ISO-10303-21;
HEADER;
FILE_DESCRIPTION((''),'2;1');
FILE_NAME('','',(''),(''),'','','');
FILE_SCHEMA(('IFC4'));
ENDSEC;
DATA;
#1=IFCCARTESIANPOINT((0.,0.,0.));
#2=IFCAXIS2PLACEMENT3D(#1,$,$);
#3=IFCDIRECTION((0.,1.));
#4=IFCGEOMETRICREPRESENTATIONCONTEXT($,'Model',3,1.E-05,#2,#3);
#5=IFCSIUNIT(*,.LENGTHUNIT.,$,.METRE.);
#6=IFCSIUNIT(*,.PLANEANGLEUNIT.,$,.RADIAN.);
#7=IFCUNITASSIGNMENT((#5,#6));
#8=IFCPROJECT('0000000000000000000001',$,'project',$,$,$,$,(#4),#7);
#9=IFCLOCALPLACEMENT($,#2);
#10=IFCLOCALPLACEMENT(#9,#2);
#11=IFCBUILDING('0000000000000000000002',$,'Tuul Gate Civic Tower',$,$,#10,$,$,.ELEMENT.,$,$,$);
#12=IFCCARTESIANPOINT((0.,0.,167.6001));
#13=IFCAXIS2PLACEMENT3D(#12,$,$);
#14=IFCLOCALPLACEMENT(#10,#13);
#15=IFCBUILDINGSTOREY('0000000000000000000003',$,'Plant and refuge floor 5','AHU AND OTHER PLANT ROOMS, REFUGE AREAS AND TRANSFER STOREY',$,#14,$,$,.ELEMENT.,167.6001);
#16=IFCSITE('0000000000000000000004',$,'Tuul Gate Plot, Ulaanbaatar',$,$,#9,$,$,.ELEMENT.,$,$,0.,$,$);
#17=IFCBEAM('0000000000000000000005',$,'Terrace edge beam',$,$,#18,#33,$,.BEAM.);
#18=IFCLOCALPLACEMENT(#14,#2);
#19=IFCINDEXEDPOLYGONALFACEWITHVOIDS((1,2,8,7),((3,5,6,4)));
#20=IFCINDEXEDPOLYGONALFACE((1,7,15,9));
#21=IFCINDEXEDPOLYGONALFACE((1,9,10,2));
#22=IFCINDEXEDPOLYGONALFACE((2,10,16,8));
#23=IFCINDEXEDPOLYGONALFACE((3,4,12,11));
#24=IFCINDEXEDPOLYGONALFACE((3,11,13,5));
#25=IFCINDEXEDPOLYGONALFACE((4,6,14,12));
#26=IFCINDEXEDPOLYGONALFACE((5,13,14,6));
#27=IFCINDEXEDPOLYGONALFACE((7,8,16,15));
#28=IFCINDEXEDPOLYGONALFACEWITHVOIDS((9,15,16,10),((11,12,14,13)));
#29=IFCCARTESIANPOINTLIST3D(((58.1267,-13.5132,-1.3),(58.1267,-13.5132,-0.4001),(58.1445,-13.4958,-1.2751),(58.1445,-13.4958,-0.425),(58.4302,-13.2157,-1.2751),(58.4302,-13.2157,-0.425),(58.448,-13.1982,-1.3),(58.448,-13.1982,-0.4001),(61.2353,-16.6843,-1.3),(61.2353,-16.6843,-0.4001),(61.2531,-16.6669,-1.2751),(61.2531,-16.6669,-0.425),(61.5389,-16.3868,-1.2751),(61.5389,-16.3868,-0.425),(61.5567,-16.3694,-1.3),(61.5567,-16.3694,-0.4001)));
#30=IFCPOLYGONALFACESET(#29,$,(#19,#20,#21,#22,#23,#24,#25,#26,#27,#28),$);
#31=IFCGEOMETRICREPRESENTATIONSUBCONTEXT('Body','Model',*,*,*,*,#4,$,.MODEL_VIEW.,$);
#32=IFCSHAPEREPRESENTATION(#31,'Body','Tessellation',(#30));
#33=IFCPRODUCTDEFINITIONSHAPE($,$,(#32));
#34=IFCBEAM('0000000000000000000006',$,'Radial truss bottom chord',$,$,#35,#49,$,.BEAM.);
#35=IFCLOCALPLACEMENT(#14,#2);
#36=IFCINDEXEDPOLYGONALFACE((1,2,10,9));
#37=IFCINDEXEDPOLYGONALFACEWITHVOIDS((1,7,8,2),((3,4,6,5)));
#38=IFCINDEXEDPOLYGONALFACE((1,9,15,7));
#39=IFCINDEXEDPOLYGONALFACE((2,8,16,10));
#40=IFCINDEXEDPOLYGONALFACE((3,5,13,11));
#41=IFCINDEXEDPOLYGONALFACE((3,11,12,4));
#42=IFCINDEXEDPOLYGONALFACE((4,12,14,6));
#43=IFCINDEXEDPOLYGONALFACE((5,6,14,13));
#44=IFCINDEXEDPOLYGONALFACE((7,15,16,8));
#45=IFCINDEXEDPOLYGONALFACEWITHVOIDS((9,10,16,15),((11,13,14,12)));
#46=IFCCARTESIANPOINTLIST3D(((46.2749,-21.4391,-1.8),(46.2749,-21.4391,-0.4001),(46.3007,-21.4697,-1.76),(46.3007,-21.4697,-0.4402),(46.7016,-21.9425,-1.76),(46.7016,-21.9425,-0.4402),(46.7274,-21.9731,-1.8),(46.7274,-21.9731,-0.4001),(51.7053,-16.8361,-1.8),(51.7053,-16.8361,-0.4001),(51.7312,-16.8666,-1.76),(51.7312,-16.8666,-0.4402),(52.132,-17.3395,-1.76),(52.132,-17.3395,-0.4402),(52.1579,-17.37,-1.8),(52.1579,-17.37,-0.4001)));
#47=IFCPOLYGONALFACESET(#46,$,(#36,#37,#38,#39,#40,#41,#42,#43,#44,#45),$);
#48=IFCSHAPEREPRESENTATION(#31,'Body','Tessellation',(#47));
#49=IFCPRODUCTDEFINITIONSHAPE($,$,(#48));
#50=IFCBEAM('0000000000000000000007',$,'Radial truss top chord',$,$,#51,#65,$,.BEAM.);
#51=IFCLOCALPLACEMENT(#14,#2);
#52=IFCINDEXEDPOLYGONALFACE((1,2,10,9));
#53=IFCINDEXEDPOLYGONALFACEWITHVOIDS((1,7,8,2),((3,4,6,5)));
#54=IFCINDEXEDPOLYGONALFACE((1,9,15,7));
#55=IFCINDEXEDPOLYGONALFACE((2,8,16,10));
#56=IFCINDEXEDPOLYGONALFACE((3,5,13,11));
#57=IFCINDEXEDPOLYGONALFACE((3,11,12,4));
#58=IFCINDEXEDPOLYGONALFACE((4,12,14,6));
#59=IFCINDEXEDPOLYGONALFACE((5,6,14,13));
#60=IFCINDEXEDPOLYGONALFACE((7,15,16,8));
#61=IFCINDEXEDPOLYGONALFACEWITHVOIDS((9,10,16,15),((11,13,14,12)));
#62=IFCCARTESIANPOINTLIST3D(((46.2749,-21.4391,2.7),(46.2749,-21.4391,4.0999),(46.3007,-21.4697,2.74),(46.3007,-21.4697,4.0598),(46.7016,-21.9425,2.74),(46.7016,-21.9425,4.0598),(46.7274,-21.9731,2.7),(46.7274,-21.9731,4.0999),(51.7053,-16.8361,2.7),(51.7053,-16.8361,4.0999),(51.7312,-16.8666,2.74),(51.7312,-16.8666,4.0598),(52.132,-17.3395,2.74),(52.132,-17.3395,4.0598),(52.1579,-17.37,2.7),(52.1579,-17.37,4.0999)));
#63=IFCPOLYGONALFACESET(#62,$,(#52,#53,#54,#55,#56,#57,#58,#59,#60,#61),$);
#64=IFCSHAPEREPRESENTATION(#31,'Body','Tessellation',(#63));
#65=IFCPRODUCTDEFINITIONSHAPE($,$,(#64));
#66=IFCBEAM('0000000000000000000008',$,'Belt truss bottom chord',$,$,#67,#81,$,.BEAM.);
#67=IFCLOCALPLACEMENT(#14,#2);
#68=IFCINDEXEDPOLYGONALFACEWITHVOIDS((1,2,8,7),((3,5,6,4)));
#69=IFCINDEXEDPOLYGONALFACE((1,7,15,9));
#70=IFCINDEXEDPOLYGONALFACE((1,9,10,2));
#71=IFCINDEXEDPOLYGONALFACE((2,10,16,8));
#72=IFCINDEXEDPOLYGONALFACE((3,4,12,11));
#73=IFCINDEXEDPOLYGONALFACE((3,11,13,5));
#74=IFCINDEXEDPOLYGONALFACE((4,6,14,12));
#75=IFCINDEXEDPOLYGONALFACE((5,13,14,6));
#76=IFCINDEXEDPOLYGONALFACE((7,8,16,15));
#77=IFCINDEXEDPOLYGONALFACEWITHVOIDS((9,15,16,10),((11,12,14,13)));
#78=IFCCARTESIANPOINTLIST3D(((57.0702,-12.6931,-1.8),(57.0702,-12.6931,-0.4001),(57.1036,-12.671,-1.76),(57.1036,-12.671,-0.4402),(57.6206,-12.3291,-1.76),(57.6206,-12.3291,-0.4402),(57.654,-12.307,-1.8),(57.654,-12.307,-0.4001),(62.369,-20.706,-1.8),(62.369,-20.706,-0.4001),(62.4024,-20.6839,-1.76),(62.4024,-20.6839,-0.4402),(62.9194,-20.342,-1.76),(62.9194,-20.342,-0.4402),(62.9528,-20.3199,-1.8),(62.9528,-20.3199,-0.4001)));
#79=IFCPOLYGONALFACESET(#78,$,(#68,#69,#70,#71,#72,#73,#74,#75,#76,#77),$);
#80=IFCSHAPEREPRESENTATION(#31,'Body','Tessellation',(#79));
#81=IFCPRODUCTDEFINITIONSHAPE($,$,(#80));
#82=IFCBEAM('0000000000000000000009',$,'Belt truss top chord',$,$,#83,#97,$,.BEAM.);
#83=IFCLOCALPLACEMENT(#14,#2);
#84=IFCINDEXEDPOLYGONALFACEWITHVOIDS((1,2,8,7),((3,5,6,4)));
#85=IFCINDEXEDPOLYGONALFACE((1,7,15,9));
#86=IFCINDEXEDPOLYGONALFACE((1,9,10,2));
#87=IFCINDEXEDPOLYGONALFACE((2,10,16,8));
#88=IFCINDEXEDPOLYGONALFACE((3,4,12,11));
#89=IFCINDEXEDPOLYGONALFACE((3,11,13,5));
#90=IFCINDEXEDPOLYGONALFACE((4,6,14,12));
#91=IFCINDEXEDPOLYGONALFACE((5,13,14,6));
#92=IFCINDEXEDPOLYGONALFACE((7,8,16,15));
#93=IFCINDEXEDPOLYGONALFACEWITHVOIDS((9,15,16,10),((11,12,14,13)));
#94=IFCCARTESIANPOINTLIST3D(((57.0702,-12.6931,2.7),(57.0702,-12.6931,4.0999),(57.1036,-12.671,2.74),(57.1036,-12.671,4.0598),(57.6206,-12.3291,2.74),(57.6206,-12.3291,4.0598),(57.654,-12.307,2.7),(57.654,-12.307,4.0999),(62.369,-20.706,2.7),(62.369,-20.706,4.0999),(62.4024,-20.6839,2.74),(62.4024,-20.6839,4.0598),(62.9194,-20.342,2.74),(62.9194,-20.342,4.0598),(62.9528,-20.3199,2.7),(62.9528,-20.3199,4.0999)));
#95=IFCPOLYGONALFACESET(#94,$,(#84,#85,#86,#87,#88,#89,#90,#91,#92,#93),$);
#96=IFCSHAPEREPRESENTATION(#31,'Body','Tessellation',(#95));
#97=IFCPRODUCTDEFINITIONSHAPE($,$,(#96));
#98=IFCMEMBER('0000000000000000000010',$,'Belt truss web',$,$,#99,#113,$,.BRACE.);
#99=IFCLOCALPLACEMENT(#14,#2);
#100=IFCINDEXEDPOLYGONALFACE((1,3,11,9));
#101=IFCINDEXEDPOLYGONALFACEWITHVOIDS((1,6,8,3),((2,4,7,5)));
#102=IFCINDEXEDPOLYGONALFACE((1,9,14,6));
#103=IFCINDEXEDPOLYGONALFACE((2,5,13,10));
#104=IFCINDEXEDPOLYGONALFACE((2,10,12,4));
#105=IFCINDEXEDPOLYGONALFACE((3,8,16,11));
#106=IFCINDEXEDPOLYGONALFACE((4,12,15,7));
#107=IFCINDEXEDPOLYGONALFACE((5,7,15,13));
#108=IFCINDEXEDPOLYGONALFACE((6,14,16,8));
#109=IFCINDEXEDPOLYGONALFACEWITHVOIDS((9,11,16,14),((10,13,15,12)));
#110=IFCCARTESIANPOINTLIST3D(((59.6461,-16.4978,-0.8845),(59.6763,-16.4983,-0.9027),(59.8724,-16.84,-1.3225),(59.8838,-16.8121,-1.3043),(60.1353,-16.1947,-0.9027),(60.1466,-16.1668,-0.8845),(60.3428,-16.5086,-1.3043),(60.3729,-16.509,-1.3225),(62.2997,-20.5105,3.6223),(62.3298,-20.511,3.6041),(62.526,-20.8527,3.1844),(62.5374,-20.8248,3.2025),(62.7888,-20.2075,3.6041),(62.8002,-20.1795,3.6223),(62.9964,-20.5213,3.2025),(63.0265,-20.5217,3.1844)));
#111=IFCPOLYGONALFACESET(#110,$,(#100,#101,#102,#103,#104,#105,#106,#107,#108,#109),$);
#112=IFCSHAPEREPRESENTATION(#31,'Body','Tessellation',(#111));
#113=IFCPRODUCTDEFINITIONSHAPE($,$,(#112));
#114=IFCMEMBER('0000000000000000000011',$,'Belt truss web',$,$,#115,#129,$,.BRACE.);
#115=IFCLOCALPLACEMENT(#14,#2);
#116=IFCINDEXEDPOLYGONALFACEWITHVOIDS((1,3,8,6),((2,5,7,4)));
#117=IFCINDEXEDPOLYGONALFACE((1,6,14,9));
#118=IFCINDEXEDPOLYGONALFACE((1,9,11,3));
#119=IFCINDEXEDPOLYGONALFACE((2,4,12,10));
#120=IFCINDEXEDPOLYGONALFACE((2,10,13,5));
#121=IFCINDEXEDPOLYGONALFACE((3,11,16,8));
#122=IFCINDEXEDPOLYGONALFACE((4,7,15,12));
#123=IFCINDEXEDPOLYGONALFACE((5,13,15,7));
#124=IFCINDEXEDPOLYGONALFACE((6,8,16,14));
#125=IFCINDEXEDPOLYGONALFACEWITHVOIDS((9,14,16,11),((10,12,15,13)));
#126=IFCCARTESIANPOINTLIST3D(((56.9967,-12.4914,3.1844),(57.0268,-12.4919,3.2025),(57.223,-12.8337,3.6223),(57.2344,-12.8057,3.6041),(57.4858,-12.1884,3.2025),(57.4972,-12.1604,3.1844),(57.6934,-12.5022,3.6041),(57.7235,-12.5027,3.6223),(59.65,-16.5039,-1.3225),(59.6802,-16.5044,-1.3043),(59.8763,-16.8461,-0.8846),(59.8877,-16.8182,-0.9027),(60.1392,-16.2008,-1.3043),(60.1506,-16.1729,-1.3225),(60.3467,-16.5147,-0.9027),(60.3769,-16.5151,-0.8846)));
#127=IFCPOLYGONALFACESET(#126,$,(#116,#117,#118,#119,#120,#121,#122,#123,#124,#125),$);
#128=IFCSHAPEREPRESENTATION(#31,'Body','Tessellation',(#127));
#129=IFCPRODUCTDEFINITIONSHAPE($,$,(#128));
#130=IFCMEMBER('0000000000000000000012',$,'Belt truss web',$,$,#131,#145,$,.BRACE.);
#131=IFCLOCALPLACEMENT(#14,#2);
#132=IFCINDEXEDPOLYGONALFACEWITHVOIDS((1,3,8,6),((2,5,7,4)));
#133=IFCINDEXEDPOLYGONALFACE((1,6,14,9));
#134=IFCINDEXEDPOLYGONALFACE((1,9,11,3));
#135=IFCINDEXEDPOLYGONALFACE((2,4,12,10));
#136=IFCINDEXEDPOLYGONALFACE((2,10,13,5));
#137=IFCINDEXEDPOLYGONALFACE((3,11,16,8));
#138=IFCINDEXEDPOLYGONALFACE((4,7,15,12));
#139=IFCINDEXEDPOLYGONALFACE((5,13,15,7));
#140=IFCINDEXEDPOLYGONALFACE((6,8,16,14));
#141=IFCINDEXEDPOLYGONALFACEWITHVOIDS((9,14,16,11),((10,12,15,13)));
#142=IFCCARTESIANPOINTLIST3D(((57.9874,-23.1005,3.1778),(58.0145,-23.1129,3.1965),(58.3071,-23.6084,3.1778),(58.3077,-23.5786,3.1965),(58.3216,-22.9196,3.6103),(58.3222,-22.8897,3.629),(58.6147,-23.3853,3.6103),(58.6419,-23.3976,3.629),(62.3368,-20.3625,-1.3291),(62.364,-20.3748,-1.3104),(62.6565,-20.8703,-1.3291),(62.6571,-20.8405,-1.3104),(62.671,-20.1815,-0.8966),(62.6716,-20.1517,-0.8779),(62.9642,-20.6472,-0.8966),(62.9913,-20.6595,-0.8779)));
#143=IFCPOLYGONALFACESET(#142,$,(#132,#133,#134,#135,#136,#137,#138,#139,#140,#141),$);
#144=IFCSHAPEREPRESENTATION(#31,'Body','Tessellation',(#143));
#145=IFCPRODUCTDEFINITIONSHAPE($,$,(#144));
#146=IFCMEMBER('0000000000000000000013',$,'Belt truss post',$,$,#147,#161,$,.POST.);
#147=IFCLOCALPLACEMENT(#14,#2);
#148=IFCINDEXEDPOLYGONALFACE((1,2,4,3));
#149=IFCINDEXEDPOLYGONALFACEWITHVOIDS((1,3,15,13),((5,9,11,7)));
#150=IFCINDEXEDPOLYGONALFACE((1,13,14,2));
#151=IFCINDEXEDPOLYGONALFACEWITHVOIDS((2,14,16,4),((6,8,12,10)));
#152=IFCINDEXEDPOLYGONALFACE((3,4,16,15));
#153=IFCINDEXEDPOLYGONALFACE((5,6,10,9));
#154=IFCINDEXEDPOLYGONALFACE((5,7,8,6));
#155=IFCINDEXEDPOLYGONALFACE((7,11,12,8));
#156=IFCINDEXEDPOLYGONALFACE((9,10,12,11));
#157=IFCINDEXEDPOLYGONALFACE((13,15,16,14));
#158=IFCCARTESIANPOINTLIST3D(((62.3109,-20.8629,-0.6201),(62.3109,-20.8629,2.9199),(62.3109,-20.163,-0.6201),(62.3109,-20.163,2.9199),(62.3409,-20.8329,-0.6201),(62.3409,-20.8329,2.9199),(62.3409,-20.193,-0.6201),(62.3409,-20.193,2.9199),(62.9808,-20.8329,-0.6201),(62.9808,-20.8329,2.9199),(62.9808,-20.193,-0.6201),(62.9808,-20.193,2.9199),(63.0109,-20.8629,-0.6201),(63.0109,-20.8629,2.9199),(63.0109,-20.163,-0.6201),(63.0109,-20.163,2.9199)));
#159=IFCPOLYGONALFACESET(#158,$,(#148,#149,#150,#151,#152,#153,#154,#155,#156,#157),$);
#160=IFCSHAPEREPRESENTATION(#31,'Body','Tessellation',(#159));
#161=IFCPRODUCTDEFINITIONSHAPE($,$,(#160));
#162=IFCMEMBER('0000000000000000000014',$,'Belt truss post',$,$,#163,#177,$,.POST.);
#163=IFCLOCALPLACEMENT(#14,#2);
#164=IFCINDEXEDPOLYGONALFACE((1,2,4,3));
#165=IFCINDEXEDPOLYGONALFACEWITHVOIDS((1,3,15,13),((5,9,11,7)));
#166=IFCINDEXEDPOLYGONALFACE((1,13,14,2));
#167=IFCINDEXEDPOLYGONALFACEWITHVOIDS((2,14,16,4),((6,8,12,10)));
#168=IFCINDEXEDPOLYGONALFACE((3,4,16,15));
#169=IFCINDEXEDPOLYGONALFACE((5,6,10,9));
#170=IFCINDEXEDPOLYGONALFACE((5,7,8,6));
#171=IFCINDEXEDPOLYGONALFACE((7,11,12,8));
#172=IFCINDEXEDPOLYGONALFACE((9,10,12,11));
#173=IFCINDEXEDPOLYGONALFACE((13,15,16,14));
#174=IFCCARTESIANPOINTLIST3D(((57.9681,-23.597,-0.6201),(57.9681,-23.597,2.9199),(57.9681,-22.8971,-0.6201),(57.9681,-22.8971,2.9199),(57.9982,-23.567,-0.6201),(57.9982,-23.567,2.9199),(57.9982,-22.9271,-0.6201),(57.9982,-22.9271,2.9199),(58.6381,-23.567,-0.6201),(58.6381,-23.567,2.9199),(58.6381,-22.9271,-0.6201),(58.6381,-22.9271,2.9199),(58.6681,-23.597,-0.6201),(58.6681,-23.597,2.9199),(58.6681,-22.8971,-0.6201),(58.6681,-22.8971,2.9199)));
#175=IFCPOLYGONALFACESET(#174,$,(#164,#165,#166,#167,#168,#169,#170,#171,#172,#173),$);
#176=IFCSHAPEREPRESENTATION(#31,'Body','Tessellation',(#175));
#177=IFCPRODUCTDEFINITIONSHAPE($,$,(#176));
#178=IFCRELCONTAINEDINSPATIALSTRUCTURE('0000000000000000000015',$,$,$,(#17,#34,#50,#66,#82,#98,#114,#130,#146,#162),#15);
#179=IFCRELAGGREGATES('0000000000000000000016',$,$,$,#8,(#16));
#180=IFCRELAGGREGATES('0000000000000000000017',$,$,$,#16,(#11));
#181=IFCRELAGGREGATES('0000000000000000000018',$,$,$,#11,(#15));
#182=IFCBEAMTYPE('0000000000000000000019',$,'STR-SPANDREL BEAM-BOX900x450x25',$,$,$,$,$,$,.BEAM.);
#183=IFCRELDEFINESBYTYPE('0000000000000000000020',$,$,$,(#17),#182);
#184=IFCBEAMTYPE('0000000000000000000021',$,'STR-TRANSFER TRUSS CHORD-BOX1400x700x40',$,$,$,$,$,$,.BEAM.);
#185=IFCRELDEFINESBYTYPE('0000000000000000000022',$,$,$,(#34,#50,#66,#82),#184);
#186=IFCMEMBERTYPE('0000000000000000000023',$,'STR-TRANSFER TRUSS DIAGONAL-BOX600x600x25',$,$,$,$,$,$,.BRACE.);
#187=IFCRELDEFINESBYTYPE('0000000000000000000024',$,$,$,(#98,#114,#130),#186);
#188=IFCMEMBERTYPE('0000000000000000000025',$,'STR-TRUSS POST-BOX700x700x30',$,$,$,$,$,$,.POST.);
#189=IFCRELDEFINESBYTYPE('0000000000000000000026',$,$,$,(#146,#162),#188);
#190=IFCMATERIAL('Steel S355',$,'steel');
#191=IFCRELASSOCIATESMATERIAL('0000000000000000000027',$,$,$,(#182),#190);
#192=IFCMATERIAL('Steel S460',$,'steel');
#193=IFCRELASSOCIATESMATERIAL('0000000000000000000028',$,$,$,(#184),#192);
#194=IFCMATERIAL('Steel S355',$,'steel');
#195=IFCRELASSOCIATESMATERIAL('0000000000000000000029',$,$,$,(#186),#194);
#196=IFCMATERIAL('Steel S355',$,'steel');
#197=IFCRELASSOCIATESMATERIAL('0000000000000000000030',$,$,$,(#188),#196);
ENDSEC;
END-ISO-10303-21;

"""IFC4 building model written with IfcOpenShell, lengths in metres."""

from ifc_helpers import new_model, si_unit, direction, frame, origin, origin_2d, place, context, subcontext, project, spatial, hollow_rectangle, extrude, material, material_profile, profile_set, type_object, element, save


model = new_model("IFC4")

# Units and contexts
model_context = context("Model", 3, precision=1e-05, world=origin(), true_north=direction((0.0, 1.0)))
body_context = subcontext(model_context, "Body", "Model", "MODEL_VIEW")
ifc_project = project(units=[si_unit("LENGTHUNIT", "METRE"), si_unit("PLANEANGLEUNIT", "RADIAN")], contexts=[model_context])

# Site, building, storey
site_placement = place(None, origin())
site = spatial("IfcSite", under=ifc_project, at=site_placement, Name="Tuul Gate Plot, Ulaanbaatar", CompositionType="ELEMENT", RefElevation=0.0)
building_placement = place(site_placement, origin())
building = spatial("IfcBuilding", under=site, at=building_placement, Name="Tuul Gate Civic Tower", CompositionType="ELEMENT")
storey_placement = place(building_placement, frame((0.0, 0.0, 167.6001)))
storey = spatial("IfcBuildingStorey", under=building, at=storey_placement, Name="Plant and refuge floor 5", Description="AHU AND OTHER PLANT ROOMS, REFUGE AREAS AND TRANSFER STOREY", CompositionType="ELEMENT", Elevation=167.6001)

# Beams
ifc_material_1 = material(Name="Steel S355", Category="steel")
ifc_material_profile_1 = material_profile(ifc_material_1, hollow_rectangle(XDim=0.45, YDim=0.8999, WallThickness=0.0249, at=origin_2d()), Name="BOX900x450x25")
ifc_profile_set_1 = profile_set([ifc_material_profile_1], Name="Steel S355")
beam_type_1 = type_object("IfcBeamType", Name="STR-SPANDREL BEAM-BOX900x450x25", PredefinedType="BEAM", material=ifc_profile_set_1)
beam_placement = place(storey_placement, frame((61.396, -16.5269, -0.8501), z_axis=(-0.700035, 0.714109, 0.0), x_axis=(-0.714109, -0.700035, 0.0)))
element("IfcBeam", 1, at=beam_placement, inside=storey, type_object=beam_type_1, Name="Terrace edge beam", PredefinedType="BEAM", context=body_context, shape_type="SweptSolid", body=[
    extrude(hollow_rectangle(XDim=0.45, YDim=0.8999, WallThickness=0.0249, at=origin_2d()), origin(), (0.0, 0.0, 1.0), 4.4407),
])
ifc_material_2 = material(Name="Steel S460", Category="steel")
ifc_material_profile_2 = material_profile(ifc_material_2, hollow_rectangle(XDim=0.7, YDim=1.3999, WallThickness=0.04, at=origin_2d()), Name="BOX1400x700x40")
ifc_profile_set_2 = profile_set([ifc_material_profile_2], Name="Steel S460")
beam_type_2 = type_object("IfcBeamType", Name="STR-TRANSFER TRUSS CHORD-BOX1400x700x40", PredefinedType="BEAM", material=ifc_profile_set_2)
for number, where, z_axis, x_axis, name in (
    (2, (51.9316, -17.103, -1.1001), (-0.762828, -0.646602, 0.0), (0.646602, -0.762828, 0.0), "Radial truss bottom chord"),
    (3, (51.9316, -17.103, 3.3999), (-0.762828, -0.646602, 0.0), (0.646602, -0.762828, 0.0), "Radial truss top chord"),
):
    element("IfcBeam", number, at=place(storey_placement, frame(where, z_axis=z_axis, x_axis=x_axis)), inside=storey, type_object=beam_type_2, Name=name, PredefinedType="BEAM", context=body_context, shape_type="SweptSolid", body=[
        extrude(hollow_rectangle(XDim=0.7, YDim=1.3999, WallThickness=0.04, at=origin_2d()), origin(), (0.0, 0.0, 1.0), 7.1189),
    ])
for number, where, z_axis, x_axis, name in (
    (4, (62.6609, -20.5129, -1.1001), (-0.551588, 0.834117, 0.0), (-0.834117, -0.551588, 0.0), "Belt truss bottom chord"),
    (5, (62.6609, -20.5129, 3.3999), (-0.551588, 0.834117, 0.0), (-0.834117, -0.551588, 0.0), "Belt truss top chord"),
):
    element("IfcBeam", number, at=place(storey_placement, frame(where, z_axis=z_axis, x_axis=x_axis)), inside=storey, type_object=beam_type_2, Name=name, PredefinedType="BEAM", context=body_context, shape_type="SweptSolid", body=[
        extrude(hollow_rectangle(XDim=0.7, YDim=1.3999, WallThickness=0.04, at=origin_2d()), origin(), (0.0, 0.0, 1.0), 9.6064),
    ])

# Members
ifc_material_3 = material(Name="Steel S355", Category="steel")
ifc_material_profile_3 = material_profile(ifc_material_3, hollow_rectangle(XDim=0.6001, YDim=0.6001, WallThickness=0.0249, at=origin_2d()), Name="BOX600x600x25")
ifc_profile_set_3 = profile_set([ifc_material_profile_3], Name="Steel S355")
member_type_1 = type_object("IfcMemberType", Name="STR-TRANSFER TRUSS DIAGONAL-BOX600x600x25", PredefinedType="BRACE", material=ifc_profile_set_3)
member_1_placement = place(storey_placement, frame((60.0095, -16.5034, -1.1035), z_axis=(0.402542, -0.60872, 0.683681), x_axis=(0.834114, 0.551593, 0.0)))
element("IfcMember", 6, at=member_1_placement, inside=storey, type_object=member_type_1, Name="Belt truss web", PredefinedType="BRACE", context=body_context, shape_type="SweptSolid", body=[
    extrude(hollow_rectangle(XDim=0.6001, YDim=0.6001, WallThickness=0.0249, at=origin_2d()), origin(), (0.0, 0.0, 1.0), 6.592),
])
member_2_placement = place(storey_placement, frame((60.0134, -16.5095, -1.1035), z_axis=(-0.40252, 0.608706, 0.683706), x_axis=(-0.834121, -0.551581, 0.0)))
element("IfcMember", 7, at=member_2_placement, inside=storey, type_object=member_type_1, Name="Belt truss web", PredefinedType="BRACE", context=body_context, shape_type="SweptSolid", body=[
    extrude(hollow_rectangle(XDim=0.6001, YDim=0.6001, WallThickness=0.0249, at=origin_2d()), origin(), (0.0, 0.0, 1.0), 6.5918),
])
member_3_placement = place(storey_placement, frame((62.6641, -20.511, -1.1035), z_axis=(-0.636282, -0.400556, 0.659318), x_axis=(0.53275, -0.846273, 0.0)))
element("IfcMember", 8, at=member_3_placement, inside=storey, type_object=member_type_1, Name="Belt truss web", PredefinedType="BRACE", context=body_context, shape_type="SweptSolid", body=[
    extrude(hollow_rectangle(XDim=0.6001, YDim=0.6001, WallThickness=0.0249, at=origin_2d()), origin(), (0.0, 0.0, 1.0), 6.8357),
])
ifc_material_4 = material(Name="Steel S355", Category="steel")
ifc_material_profile_4 = material_profile(ifc_material_4, hollow_rectangle(XDim=0.7, YDim=0.7, WallThickness=0.03, at=origin_2d()), Name="BOX700x700x30")
ifc_profile_set_4 = profile_set([ifc_material_profile_4], Name="Steel S355")
member_type_2 = type_object("IfcMemberType", Name="STR-TRUSS POST-BOX700x700x30", PredefinedType="POST", material=ifc_profile_set_4)
for number, where, z_axis, x_axis, name in (
    (9, (62.6609, -20.5129, -0.6201), (0.0, 0.0, 1.0), (1.0, 0.0, 0.0), "Belt truss post"),
    (10, (58.3181, -23.2471, -0.6201), (0.0, 0.0, 1.0), (1.0, 0.0, 0.0), "Belt truss post"),
):
    element("IfcMember", number, at=place(storey_placement, frame(where, z_axis=z_axis, x_axis=x_axis)), inside=storey, type_object=member_type_2, Name=name, PredefinedType="POST", context=body_context, shape_type="SweptSolid", body=[
        extrude(hollow_rectangle(XDim=0.7, YDim=0.7, WallThickness=0.03, at=origin_2d()), origin(), (0.0, 0.0, 1.0), 3.54),
    ])

save(model, "model.ifc")
